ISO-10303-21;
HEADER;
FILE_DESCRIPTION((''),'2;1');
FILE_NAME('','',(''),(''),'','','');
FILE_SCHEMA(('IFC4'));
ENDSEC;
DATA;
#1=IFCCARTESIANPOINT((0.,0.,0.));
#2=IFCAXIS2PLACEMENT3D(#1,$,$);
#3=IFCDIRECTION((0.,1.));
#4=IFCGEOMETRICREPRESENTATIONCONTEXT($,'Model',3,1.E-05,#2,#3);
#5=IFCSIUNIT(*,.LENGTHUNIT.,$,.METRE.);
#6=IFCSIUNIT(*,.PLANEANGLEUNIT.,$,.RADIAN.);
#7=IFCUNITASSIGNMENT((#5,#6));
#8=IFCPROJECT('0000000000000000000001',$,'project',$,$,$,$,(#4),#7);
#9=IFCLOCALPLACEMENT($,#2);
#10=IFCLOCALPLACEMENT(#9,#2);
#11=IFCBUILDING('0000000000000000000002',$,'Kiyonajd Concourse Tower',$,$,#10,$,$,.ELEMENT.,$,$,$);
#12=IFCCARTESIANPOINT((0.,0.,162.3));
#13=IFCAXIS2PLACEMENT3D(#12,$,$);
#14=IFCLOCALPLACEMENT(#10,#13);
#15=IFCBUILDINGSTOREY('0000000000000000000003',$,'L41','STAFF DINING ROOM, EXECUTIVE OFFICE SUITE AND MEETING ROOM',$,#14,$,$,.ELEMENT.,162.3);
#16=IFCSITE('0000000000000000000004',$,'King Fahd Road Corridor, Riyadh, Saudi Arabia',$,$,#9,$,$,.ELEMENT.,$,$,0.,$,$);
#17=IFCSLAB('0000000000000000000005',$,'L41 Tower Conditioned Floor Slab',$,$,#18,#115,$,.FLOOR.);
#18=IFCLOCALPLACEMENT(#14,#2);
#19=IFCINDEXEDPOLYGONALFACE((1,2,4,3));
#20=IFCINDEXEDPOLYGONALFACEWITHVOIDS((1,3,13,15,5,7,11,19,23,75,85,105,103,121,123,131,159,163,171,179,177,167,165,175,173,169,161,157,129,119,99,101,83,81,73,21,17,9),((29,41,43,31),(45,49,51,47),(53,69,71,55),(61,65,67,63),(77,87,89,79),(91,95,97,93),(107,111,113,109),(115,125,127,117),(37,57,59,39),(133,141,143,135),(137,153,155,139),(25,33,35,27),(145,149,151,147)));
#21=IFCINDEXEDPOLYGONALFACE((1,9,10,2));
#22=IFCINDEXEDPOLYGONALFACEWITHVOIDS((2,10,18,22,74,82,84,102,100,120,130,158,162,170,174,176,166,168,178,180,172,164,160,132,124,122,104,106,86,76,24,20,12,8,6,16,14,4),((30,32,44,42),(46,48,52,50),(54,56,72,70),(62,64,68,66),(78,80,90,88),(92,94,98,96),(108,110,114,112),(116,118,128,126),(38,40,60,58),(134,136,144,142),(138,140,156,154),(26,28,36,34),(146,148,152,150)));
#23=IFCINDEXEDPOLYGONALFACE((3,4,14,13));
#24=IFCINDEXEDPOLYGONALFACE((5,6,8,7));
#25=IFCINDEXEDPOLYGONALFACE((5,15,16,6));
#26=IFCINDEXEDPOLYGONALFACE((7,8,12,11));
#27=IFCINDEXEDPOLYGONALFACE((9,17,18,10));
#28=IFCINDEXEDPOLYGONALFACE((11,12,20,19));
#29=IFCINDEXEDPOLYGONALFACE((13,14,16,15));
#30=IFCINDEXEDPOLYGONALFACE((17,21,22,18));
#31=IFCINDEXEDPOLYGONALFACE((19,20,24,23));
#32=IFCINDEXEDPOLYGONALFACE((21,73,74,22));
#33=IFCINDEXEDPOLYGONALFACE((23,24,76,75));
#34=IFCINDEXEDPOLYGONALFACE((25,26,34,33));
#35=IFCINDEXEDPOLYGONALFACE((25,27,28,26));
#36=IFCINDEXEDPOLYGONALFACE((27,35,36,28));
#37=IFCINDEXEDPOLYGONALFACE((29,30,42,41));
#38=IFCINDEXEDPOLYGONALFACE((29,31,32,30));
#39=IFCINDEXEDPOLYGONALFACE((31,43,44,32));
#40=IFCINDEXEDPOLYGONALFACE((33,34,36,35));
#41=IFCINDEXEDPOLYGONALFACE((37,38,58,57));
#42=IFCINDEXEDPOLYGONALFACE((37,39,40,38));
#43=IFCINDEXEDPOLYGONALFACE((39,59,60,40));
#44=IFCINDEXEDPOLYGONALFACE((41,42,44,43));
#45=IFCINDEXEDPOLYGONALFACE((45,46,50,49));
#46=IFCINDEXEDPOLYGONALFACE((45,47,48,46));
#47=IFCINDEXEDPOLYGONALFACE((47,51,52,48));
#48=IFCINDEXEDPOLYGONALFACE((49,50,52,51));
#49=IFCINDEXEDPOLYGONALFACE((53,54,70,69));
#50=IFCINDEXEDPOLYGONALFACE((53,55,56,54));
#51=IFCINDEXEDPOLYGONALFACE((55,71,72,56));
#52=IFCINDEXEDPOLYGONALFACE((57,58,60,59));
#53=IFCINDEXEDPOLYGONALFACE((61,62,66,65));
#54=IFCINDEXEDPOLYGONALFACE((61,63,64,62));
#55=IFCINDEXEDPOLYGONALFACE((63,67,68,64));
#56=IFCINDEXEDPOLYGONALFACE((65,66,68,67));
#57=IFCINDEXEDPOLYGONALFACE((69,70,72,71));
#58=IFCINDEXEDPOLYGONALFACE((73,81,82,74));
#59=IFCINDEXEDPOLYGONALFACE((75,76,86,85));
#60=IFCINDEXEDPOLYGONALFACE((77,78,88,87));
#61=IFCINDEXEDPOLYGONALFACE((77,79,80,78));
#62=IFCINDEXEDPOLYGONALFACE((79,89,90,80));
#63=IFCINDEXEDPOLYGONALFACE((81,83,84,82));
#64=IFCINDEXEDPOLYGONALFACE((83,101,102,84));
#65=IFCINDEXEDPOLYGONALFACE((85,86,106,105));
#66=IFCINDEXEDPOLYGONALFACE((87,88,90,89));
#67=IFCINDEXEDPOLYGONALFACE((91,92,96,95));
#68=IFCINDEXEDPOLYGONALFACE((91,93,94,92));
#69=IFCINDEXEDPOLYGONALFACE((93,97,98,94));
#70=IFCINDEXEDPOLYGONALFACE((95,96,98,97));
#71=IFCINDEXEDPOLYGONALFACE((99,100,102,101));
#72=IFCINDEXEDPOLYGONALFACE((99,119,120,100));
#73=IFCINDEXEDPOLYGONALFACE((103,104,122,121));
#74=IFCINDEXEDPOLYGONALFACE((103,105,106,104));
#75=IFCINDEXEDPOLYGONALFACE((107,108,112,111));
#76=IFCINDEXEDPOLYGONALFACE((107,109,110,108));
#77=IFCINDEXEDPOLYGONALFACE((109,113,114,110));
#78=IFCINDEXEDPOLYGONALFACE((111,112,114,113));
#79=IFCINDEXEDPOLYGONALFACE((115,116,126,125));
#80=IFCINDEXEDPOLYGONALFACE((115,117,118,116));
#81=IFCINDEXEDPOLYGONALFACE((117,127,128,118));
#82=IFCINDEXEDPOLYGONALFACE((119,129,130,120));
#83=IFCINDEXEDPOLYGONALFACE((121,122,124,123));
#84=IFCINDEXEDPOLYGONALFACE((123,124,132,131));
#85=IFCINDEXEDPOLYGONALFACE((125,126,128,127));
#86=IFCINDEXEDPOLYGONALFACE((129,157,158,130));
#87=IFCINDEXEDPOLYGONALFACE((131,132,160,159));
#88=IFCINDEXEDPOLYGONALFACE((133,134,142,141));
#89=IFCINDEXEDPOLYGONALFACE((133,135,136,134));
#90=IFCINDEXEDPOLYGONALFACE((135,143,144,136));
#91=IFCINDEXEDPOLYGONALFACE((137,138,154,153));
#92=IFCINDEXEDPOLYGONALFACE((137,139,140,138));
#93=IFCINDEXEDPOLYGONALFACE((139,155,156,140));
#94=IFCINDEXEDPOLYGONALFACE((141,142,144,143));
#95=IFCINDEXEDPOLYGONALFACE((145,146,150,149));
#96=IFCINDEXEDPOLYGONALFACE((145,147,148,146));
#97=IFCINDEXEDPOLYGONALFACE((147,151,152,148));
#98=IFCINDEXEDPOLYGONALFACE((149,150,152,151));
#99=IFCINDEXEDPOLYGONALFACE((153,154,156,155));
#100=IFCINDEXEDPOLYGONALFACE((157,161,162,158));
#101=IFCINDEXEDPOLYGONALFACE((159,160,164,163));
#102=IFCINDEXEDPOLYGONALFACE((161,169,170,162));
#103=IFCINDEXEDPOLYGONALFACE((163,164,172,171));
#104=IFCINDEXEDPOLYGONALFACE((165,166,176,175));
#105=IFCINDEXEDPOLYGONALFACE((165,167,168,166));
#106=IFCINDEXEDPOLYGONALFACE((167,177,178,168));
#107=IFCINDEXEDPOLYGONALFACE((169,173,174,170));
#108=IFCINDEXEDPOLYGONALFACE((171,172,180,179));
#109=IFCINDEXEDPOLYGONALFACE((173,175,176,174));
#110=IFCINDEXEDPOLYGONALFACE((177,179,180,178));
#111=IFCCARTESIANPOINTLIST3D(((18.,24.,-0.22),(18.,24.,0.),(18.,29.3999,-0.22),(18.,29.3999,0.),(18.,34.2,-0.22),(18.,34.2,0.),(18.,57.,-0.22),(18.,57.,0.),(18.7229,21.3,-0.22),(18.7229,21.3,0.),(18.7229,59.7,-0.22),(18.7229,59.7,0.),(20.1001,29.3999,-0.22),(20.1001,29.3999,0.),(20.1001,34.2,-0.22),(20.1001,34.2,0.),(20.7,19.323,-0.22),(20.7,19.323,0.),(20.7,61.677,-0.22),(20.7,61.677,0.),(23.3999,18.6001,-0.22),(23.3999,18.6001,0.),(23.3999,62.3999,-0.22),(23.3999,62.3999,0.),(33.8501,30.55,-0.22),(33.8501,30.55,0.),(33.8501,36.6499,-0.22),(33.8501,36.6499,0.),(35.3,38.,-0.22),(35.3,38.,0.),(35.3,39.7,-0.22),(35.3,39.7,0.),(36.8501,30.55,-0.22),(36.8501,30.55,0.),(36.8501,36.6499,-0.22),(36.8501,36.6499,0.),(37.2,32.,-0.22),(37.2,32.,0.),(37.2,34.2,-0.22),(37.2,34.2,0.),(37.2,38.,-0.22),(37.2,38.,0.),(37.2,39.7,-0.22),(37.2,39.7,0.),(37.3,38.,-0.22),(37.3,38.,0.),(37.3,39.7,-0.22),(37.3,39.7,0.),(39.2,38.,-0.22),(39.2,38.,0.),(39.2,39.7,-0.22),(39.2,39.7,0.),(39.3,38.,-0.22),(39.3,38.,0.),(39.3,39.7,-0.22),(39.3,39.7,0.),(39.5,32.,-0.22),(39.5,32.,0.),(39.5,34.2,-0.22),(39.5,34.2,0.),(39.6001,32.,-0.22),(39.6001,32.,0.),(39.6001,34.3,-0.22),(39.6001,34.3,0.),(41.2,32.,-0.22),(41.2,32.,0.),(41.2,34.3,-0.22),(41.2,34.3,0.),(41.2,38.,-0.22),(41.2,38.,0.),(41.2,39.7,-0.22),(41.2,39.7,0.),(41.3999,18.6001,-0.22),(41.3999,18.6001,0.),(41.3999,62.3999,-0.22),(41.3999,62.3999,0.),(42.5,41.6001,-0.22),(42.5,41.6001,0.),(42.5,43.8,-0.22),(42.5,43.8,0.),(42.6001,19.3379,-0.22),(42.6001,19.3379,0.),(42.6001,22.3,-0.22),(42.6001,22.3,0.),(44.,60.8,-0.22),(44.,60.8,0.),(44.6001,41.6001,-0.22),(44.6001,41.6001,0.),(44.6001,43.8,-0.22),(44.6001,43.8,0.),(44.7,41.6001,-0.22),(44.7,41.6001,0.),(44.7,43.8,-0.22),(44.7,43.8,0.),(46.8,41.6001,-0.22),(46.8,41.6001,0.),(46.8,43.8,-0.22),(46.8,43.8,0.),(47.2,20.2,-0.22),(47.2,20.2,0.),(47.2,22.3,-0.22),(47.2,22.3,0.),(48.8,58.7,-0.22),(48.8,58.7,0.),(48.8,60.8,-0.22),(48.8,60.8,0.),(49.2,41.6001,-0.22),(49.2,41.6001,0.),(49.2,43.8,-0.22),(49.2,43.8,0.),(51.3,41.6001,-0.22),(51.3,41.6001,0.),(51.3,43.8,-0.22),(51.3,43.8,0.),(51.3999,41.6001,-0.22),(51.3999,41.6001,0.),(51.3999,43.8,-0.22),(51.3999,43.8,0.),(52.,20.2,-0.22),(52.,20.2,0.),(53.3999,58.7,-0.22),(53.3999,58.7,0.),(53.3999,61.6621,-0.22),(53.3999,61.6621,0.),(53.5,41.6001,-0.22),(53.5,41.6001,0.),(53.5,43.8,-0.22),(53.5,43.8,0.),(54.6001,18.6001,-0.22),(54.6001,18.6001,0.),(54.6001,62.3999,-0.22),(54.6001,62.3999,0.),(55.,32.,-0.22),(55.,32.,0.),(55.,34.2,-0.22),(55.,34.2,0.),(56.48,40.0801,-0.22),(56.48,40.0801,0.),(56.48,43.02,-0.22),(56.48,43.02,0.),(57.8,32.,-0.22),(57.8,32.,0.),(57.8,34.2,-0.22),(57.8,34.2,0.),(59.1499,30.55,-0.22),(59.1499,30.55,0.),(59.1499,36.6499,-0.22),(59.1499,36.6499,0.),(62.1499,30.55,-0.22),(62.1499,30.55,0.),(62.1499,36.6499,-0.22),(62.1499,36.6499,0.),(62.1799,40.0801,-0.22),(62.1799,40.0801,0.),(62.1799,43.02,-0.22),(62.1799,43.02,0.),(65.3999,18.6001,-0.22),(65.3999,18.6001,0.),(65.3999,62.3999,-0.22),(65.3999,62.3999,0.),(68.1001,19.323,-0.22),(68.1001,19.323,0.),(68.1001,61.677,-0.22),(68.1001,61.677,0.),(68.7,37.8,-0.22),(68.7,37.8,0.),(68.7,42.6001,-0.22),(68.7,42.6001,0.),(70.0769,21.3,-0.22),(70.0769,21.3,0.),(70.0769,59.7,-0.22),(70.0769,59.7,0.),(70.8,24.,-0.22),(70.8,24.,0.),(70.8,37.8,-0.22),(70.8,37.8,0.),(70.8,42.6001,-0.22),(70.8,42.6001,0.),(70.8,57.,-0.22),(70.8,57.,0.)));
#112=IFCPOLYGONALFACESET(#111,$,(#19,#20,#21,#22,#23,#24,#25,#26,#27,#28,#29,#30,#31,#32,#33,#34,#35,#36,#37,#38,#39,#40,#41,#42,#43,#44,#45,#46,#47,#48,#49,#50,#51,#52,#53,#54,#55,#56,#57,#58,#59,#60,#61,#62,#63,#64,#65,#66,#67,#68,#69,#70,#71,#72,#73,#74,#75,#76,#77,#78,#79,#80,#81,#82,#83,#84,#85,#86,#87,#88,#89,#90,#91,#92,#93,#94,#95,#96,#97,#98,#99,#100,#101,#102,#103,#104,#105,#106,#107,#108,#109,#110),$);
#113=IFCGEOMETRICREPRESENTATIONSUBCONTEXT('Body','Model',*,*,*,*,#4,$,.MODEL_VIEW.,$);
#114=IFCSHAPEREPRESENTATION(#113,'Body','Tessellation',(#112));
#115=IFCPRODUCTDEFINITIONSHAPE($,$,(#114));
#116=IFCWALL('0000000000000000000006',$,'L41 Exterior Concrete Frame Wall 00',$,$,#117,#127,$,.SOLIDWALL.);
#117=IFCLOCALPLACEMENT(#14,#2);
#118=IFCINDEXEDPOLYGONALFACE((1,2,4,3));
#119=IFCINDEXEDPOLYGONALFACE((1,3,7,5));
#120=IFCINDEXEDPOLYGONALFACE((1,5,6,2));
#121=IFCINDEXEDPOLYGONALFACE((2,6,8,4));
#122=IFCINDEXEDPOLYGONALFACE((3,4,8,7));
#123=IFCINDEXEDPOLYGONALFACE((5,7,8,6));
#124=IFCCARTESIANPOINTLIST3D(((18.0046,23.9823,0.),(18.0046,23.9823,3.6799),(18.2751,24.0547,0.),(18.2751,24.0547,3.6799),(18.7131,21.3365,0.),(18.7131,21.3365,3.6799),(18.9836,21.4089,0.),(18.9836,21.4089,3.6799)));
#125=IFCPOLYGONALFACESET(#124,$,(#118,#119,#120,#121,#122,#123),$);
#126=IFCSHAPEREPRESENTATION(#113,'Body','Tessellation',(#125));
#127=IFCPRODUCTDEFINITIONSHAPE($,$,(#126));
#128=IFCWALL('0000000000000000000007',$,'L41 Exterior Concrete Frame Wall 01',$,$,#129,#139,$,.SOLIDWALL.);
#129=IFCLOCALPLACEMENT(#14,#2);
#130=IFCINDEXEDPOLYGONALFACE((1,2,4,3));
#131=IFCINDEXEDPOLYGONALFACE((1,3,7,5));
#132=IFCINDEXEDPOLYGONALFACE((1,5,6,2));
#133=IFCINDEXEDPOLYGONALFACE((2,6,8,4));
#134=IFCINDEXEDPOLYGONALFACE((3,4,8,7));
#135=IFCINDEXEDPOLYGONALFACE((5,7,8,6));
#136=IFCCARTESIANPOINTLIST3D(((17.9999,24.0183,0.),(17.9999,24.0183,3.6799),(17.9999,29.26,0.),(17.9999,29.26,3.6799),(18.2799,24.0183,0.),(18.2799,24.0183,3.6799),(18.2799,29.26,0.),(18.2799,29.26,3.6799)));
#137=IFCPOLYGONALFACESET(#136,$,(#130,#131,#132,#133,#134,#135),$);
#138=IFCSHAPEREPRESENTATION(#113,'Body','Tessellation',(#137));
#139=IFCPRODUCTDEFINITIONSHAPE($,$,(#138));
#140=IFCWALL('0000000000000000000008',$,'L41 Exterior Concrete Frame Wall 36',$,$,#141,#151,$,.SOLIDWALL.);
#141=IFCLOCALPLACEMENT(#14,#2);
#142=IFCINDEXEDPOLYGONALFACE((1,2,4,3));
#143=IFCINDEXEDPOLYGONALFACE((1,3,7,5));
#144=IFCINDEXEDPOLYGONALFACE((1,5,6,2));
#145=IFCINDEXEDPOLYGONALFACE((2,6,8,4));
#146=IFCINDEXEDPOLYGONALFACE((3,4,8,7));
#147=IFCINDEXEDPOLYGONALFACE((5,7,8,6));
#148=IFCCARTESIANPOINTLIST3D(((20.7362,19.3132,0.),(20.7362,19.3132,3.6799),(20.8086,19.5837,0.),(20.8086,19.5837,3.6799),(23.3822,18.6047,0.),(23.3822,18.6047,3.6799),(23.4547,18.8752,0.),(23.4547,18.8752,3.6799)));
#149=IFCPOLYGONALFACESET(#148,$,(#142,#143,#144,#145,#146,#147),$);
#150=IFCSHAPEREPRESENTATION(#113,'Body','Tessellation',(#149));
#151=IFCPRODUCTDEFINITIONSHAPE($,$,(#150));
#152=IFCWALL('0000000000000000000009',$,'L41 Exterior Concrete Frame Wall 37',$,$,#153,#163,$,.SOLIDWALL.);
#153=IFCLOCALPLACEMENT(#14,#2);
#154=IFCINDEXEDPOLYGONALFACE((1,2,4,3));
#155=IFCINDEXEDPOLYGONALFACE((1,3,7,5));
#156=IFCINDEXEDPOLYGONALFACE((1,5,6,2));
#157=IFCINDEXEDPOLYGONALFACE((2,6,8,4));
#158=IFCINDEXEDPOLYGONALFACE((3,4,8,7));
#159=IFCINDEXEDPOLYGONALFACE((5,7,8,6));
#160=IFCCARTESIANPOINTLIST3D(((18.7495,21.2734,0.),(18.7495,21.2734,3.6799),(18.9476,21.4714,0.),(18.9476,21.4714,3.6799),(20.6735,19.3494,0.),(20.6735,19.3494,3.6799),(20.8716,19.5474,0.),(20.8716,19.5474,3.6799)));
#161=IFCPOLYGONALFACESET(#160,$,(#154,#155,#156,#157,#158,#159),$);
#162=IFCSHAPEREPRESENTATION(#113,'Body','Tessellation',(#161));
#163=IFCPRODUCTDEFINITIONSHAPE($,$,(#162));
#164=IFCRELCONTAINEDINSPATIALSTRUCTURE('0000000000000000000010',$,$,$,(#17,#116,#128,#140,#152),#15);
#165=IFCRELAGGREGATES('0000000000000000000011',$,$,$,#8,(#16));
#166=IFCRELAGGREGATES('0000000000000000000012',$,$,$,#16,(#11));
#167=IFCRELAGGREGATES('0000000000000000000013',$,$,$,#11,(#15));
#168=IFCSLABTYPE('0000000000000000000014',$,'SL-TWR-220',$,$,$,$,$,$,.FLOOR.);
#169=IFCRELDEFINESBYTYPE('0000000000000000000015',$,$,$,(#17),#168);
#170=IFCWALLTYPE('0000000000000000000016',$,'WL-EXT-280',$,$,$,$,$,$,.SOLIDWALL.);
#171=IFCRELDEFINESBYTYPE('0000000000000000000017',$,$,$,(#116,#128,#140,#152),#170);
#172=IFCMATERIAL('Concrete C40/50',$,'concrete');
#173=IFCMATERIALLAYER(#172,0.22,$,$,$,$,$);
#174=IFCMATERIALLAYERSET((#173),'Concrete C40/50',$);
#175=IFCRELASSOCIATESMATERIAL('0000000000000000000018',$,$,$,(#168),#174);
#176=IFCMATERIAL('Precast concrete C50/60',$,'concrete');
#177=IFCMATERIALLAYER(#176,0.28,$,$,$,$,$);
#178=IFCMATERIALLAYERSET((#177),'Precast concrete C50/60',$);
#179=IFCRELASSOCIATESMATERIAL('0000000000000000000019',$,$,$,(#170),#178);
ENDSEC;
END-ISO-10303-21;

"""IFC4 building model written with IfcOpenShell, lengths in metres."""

from ifc_helpers import new_model, si_unit, direction, frame, frame_2d, origin, place, context, subcontext, project, spatial, polyline, rectangle, outline, extrude, material, layer, layer_set, type_object, element, save


model = new_model("IFC4")

# Units and contexts
model_context = context("Model", 3, precision=1e-05, world=origin(), true_north=direction((0.0, 1.0)))
body_context = subcontext(model_context, "Body", "Model", "MODEL_VIEW")
ifc_project = project(units=[si_unit("LENGTHUNIT", "METRE"), si_unit("PLANEANGLEUNIT", "RADIAN")], contexts=[model_context])

# Site, building, storey
site_placement = place(None, origin())
site = spatial("IfcSite", under=ifc_project, at=site_placement, Name="King Fahd Road Corridor, Riyadh, Saudi Arabia", CompositionType="ELEMENT", RefElevation=0.0)
building_placement = place(site_placement, origin())
building = spatial("IfcBuilding", under=site, at=building_placement, Name="Kiyonajd Concourse Tower", CompositionType="ELEMENT")
storey_placement = place(building_placement, frame((0.0, 0.0, 162.3)))
storey = spatial("IfcBuildingStorey", under=building, at=storey_placement, Name="L41", Description="STAFF DINING ROOM, EXECUTIVE OFFICE SUITE AND MEETING ROOM", CompositionType="ELEMENT", Elevation=162.3)

# Shared definitions
ifc_material_1 = material(Name="Concrete C40/50", Category="concrete")

# Slab
ifc_material_2 = material(Name="Precast concrete C50/60", Category="concrete")
ifc_layer_1 = layer(ifc_material_1, 0.22)
ifc_layer_set_1 = layer_set([ifc_layer_1], Name="Concrete C40/50")
slab_type_1 = type_object("IfcSlabType", Name="SL-TWR-220", PredefinedType="FLOOR", material=ifc_layer_set_1)
slab_1_placement = place(storey_placement, frame((0.0, 0.0, -0.22)))
element("IfcSlab", 1, at=slab_1_placement, inside=storey, type_object=slab_type_1, Name="L41 Tower Conditioned Floor Slab", PredefinedType="FLOOR", context=body_context, shape_type="SweptSolid", body=[
    extrude(outline(polyline([(18.7229, 21.3), (18.0, 24.0), (18.0, 29.3999), (20.1001, 29.3999), (20.1001, 34.2), (18.0, 34.2), (18.0, 57.0), (18.7229, 59.7), (20.7, 61.677), (23.3999, 62.3999), (41.3999, 62.3999), (44.0, 60.8), (48.8, 60.8), (48.8, 58.7), (53.3999, 58.7), (53.3999, 61.6621), (54.6001, 62.3999), (65.3999, 62.3999), (68.1001, 61.677), (70.0769, 59.7), (70.8, 57.0), (70.8, 42.6001), (68.7, 42.6001), (68.7, 37.8), (70.8, 37.8), (70.8, 24.0), (70.0769, 21.3), (68.1001, 19.323), (65.3999, 18.6001), (54.6001, 18.6001), (52.0, 20.2), (47.2, 20.2), (47.2, 22.3), (42.6001, 22.3), (42.6001, 19.3379), (41.3999, 18.6001), (23.3999, 18.6001), (20.7, 19.323), (18.7229, 21.3)]), holes=[polyline([(39.5, 32.0), (37.2, 32.0), (37.2, 34.2), (39.5, 34.2), (39.5, 32.0)]), polyline([(39.6001, 32.0), (39.6001, 34.3), (41.2, 34.3), (41.2, 32.0), (39.6001, 32.0)]), polyline([(33.8501, 30.55), (33.8501, 36.6499), (36.8501, 36.6499), (36.8501, 30.55), (33.8501, 30.55)]), polyline([(37.2, 38.0), (35.3, 38.0), (35.3, 39.7), (37.2, 39.7), (37.2, 38.0)]), polyline([(37.3, 38.0), (37.3, 39.7), (39.2, 39.7), (39.2, 38.0), (37.3, 38.0)]), polyline([(39.3, 38.0), (39.3, 39.7), (41.2, 39.7), (41.2, 38.0), (39.3, 38.0)]), polyline([(44.6001, 41.6001), (42.5, 41.6001), (42.5, 43.8), (44.6001, 43.8), (44.6001, 41.6001)]), polyline([(55.0, 32.0), (55.0, 34.2), (57.8, 34.2), (57.8, 32.0), (55.0, 32.0)]), polyline([(59.1499, 30.55), (59.1499, 36.6499), (62.1499, 36.6499), (62.1499, 30.55), (59.1499, 30.55)]), polyline([(56.48, 43.02), (62.1799, 43.02), (62.1799, 40.0801), (56.48, 40.0801), (56.48, 43.02)]), polyline([(44.7, 41.6001), (44.7, 43.8), (46.8, 43.8), (46.8, 41.6001), (44.7, 41.6001)]), polyline([(49.2, 41.6001), (49.2, 43.8), (51.3, 43.8), (51.3, 41.6001), (49.2, 41.6001)]), polyline([(51.3999, 41.6001), (51.3999, 43.8), (53.5, 43.8), (53.5, 41.6001), (51.3999, 41.6001)])]), origin(), (0.0, 0.0, 1.0), 0.22),
])

# Walls
ifc_layer_2 = layer(ifc_material_2, 0.28)
ifc_layer_set_2 = layer_set([ifc_layer_2], Name="Precast concrete C50/60")
wall_type_1 = type_object("IfcWallType", Name="WL-EXT-280", PredefinedType="SOLIDWALL", material=ifc_layer_set_2)
wall_1_placement = place(storey_placement, frame((18.8484, 21.3726, 0.0), z_axis=(0.0, 0.0, 1.0), x_axis=(-0.258672, 0.965965, 0.0)))
element("IfcWall", 2, at=wall_1_placement, inside=storey, type_object=wall_type_1, Name="L41 Exterior Concrete Frame Wall 00", PredefinedType="SOLIDWALL", context=body_context, shape_type="SweptSolid", body=[
    extrude(rectangle(XDim=2.739, YDim=0.28, at=frame_2d((1.3696, 0.0))), origin(), (0.0, 0.0, 1.0), 3.6799),
])
wall_2_placement = place(storey_placement, frame((18.1399, 24.0183, 0.0), z_axis=(0.0, 0.0, 1.0), x_axis=(0.0, 1.0, 0.0)))
element("IfcWall", 3, at=wall_2_placement, inside=storey, type_object=wall_type_1, Name="L41 Exterior Concrete Frame Wall 01", PredefinedType="SOLIDWALL", context=body_context, shape_type="SweptSolid", body=[
    extrude(rectangle(XDim=5.2417, YDim=0.28, at=frame_2d((2.6208, 0.0))), origin(), (0.0, 0.0, 1.0), 3.6799),
])
wall_3_placement = place(storey_placement, frame((23.4185, 18.74, 0.0), z_axis=(0.0, 0.0, 1.0), x_axis=(-0.965971, 0.25865, 0.0)))
element("IfcWall", 4, at=wall_3_placement, inside=storey, type_object=wall_type_1, Name="L41 Exterior Concrete Frame Wall 36", PredefinedType="SOLIDWALL", context=body_context, shape_type="SweptSolid", body=[
    extrude(rectangle(XDim=2.7393, YDim=0.28, at=frame_2d((1.3696, 0.0))), origin(), (0.0, 0.0, 1.0), 3.6799),
])
wall_4_placement = place(storey_placement, frame((20.7725, 19.4485, 0.0), z_axis=(0.0, 0.0, 1.0), x_axis=(-0.707107, 0.707107, 0.0)))
element("IfcWall", 5, at=wall_4_placement, inside=storey, type_object=wall_type_1, Name="L41 Exterior Concrete Frame Wall 37", PredefinedType="SOLIDWALL", context=body_context, shape_type="SweptSolid", body=[
    extrude(rectangle(XDim=2.7209, YDim=0.28, at=frame_2d((1.3604, 0.0))), origin(), (0.0, 0.0, 1.0), 3.6799),
])

save(model, "model.ifc")
